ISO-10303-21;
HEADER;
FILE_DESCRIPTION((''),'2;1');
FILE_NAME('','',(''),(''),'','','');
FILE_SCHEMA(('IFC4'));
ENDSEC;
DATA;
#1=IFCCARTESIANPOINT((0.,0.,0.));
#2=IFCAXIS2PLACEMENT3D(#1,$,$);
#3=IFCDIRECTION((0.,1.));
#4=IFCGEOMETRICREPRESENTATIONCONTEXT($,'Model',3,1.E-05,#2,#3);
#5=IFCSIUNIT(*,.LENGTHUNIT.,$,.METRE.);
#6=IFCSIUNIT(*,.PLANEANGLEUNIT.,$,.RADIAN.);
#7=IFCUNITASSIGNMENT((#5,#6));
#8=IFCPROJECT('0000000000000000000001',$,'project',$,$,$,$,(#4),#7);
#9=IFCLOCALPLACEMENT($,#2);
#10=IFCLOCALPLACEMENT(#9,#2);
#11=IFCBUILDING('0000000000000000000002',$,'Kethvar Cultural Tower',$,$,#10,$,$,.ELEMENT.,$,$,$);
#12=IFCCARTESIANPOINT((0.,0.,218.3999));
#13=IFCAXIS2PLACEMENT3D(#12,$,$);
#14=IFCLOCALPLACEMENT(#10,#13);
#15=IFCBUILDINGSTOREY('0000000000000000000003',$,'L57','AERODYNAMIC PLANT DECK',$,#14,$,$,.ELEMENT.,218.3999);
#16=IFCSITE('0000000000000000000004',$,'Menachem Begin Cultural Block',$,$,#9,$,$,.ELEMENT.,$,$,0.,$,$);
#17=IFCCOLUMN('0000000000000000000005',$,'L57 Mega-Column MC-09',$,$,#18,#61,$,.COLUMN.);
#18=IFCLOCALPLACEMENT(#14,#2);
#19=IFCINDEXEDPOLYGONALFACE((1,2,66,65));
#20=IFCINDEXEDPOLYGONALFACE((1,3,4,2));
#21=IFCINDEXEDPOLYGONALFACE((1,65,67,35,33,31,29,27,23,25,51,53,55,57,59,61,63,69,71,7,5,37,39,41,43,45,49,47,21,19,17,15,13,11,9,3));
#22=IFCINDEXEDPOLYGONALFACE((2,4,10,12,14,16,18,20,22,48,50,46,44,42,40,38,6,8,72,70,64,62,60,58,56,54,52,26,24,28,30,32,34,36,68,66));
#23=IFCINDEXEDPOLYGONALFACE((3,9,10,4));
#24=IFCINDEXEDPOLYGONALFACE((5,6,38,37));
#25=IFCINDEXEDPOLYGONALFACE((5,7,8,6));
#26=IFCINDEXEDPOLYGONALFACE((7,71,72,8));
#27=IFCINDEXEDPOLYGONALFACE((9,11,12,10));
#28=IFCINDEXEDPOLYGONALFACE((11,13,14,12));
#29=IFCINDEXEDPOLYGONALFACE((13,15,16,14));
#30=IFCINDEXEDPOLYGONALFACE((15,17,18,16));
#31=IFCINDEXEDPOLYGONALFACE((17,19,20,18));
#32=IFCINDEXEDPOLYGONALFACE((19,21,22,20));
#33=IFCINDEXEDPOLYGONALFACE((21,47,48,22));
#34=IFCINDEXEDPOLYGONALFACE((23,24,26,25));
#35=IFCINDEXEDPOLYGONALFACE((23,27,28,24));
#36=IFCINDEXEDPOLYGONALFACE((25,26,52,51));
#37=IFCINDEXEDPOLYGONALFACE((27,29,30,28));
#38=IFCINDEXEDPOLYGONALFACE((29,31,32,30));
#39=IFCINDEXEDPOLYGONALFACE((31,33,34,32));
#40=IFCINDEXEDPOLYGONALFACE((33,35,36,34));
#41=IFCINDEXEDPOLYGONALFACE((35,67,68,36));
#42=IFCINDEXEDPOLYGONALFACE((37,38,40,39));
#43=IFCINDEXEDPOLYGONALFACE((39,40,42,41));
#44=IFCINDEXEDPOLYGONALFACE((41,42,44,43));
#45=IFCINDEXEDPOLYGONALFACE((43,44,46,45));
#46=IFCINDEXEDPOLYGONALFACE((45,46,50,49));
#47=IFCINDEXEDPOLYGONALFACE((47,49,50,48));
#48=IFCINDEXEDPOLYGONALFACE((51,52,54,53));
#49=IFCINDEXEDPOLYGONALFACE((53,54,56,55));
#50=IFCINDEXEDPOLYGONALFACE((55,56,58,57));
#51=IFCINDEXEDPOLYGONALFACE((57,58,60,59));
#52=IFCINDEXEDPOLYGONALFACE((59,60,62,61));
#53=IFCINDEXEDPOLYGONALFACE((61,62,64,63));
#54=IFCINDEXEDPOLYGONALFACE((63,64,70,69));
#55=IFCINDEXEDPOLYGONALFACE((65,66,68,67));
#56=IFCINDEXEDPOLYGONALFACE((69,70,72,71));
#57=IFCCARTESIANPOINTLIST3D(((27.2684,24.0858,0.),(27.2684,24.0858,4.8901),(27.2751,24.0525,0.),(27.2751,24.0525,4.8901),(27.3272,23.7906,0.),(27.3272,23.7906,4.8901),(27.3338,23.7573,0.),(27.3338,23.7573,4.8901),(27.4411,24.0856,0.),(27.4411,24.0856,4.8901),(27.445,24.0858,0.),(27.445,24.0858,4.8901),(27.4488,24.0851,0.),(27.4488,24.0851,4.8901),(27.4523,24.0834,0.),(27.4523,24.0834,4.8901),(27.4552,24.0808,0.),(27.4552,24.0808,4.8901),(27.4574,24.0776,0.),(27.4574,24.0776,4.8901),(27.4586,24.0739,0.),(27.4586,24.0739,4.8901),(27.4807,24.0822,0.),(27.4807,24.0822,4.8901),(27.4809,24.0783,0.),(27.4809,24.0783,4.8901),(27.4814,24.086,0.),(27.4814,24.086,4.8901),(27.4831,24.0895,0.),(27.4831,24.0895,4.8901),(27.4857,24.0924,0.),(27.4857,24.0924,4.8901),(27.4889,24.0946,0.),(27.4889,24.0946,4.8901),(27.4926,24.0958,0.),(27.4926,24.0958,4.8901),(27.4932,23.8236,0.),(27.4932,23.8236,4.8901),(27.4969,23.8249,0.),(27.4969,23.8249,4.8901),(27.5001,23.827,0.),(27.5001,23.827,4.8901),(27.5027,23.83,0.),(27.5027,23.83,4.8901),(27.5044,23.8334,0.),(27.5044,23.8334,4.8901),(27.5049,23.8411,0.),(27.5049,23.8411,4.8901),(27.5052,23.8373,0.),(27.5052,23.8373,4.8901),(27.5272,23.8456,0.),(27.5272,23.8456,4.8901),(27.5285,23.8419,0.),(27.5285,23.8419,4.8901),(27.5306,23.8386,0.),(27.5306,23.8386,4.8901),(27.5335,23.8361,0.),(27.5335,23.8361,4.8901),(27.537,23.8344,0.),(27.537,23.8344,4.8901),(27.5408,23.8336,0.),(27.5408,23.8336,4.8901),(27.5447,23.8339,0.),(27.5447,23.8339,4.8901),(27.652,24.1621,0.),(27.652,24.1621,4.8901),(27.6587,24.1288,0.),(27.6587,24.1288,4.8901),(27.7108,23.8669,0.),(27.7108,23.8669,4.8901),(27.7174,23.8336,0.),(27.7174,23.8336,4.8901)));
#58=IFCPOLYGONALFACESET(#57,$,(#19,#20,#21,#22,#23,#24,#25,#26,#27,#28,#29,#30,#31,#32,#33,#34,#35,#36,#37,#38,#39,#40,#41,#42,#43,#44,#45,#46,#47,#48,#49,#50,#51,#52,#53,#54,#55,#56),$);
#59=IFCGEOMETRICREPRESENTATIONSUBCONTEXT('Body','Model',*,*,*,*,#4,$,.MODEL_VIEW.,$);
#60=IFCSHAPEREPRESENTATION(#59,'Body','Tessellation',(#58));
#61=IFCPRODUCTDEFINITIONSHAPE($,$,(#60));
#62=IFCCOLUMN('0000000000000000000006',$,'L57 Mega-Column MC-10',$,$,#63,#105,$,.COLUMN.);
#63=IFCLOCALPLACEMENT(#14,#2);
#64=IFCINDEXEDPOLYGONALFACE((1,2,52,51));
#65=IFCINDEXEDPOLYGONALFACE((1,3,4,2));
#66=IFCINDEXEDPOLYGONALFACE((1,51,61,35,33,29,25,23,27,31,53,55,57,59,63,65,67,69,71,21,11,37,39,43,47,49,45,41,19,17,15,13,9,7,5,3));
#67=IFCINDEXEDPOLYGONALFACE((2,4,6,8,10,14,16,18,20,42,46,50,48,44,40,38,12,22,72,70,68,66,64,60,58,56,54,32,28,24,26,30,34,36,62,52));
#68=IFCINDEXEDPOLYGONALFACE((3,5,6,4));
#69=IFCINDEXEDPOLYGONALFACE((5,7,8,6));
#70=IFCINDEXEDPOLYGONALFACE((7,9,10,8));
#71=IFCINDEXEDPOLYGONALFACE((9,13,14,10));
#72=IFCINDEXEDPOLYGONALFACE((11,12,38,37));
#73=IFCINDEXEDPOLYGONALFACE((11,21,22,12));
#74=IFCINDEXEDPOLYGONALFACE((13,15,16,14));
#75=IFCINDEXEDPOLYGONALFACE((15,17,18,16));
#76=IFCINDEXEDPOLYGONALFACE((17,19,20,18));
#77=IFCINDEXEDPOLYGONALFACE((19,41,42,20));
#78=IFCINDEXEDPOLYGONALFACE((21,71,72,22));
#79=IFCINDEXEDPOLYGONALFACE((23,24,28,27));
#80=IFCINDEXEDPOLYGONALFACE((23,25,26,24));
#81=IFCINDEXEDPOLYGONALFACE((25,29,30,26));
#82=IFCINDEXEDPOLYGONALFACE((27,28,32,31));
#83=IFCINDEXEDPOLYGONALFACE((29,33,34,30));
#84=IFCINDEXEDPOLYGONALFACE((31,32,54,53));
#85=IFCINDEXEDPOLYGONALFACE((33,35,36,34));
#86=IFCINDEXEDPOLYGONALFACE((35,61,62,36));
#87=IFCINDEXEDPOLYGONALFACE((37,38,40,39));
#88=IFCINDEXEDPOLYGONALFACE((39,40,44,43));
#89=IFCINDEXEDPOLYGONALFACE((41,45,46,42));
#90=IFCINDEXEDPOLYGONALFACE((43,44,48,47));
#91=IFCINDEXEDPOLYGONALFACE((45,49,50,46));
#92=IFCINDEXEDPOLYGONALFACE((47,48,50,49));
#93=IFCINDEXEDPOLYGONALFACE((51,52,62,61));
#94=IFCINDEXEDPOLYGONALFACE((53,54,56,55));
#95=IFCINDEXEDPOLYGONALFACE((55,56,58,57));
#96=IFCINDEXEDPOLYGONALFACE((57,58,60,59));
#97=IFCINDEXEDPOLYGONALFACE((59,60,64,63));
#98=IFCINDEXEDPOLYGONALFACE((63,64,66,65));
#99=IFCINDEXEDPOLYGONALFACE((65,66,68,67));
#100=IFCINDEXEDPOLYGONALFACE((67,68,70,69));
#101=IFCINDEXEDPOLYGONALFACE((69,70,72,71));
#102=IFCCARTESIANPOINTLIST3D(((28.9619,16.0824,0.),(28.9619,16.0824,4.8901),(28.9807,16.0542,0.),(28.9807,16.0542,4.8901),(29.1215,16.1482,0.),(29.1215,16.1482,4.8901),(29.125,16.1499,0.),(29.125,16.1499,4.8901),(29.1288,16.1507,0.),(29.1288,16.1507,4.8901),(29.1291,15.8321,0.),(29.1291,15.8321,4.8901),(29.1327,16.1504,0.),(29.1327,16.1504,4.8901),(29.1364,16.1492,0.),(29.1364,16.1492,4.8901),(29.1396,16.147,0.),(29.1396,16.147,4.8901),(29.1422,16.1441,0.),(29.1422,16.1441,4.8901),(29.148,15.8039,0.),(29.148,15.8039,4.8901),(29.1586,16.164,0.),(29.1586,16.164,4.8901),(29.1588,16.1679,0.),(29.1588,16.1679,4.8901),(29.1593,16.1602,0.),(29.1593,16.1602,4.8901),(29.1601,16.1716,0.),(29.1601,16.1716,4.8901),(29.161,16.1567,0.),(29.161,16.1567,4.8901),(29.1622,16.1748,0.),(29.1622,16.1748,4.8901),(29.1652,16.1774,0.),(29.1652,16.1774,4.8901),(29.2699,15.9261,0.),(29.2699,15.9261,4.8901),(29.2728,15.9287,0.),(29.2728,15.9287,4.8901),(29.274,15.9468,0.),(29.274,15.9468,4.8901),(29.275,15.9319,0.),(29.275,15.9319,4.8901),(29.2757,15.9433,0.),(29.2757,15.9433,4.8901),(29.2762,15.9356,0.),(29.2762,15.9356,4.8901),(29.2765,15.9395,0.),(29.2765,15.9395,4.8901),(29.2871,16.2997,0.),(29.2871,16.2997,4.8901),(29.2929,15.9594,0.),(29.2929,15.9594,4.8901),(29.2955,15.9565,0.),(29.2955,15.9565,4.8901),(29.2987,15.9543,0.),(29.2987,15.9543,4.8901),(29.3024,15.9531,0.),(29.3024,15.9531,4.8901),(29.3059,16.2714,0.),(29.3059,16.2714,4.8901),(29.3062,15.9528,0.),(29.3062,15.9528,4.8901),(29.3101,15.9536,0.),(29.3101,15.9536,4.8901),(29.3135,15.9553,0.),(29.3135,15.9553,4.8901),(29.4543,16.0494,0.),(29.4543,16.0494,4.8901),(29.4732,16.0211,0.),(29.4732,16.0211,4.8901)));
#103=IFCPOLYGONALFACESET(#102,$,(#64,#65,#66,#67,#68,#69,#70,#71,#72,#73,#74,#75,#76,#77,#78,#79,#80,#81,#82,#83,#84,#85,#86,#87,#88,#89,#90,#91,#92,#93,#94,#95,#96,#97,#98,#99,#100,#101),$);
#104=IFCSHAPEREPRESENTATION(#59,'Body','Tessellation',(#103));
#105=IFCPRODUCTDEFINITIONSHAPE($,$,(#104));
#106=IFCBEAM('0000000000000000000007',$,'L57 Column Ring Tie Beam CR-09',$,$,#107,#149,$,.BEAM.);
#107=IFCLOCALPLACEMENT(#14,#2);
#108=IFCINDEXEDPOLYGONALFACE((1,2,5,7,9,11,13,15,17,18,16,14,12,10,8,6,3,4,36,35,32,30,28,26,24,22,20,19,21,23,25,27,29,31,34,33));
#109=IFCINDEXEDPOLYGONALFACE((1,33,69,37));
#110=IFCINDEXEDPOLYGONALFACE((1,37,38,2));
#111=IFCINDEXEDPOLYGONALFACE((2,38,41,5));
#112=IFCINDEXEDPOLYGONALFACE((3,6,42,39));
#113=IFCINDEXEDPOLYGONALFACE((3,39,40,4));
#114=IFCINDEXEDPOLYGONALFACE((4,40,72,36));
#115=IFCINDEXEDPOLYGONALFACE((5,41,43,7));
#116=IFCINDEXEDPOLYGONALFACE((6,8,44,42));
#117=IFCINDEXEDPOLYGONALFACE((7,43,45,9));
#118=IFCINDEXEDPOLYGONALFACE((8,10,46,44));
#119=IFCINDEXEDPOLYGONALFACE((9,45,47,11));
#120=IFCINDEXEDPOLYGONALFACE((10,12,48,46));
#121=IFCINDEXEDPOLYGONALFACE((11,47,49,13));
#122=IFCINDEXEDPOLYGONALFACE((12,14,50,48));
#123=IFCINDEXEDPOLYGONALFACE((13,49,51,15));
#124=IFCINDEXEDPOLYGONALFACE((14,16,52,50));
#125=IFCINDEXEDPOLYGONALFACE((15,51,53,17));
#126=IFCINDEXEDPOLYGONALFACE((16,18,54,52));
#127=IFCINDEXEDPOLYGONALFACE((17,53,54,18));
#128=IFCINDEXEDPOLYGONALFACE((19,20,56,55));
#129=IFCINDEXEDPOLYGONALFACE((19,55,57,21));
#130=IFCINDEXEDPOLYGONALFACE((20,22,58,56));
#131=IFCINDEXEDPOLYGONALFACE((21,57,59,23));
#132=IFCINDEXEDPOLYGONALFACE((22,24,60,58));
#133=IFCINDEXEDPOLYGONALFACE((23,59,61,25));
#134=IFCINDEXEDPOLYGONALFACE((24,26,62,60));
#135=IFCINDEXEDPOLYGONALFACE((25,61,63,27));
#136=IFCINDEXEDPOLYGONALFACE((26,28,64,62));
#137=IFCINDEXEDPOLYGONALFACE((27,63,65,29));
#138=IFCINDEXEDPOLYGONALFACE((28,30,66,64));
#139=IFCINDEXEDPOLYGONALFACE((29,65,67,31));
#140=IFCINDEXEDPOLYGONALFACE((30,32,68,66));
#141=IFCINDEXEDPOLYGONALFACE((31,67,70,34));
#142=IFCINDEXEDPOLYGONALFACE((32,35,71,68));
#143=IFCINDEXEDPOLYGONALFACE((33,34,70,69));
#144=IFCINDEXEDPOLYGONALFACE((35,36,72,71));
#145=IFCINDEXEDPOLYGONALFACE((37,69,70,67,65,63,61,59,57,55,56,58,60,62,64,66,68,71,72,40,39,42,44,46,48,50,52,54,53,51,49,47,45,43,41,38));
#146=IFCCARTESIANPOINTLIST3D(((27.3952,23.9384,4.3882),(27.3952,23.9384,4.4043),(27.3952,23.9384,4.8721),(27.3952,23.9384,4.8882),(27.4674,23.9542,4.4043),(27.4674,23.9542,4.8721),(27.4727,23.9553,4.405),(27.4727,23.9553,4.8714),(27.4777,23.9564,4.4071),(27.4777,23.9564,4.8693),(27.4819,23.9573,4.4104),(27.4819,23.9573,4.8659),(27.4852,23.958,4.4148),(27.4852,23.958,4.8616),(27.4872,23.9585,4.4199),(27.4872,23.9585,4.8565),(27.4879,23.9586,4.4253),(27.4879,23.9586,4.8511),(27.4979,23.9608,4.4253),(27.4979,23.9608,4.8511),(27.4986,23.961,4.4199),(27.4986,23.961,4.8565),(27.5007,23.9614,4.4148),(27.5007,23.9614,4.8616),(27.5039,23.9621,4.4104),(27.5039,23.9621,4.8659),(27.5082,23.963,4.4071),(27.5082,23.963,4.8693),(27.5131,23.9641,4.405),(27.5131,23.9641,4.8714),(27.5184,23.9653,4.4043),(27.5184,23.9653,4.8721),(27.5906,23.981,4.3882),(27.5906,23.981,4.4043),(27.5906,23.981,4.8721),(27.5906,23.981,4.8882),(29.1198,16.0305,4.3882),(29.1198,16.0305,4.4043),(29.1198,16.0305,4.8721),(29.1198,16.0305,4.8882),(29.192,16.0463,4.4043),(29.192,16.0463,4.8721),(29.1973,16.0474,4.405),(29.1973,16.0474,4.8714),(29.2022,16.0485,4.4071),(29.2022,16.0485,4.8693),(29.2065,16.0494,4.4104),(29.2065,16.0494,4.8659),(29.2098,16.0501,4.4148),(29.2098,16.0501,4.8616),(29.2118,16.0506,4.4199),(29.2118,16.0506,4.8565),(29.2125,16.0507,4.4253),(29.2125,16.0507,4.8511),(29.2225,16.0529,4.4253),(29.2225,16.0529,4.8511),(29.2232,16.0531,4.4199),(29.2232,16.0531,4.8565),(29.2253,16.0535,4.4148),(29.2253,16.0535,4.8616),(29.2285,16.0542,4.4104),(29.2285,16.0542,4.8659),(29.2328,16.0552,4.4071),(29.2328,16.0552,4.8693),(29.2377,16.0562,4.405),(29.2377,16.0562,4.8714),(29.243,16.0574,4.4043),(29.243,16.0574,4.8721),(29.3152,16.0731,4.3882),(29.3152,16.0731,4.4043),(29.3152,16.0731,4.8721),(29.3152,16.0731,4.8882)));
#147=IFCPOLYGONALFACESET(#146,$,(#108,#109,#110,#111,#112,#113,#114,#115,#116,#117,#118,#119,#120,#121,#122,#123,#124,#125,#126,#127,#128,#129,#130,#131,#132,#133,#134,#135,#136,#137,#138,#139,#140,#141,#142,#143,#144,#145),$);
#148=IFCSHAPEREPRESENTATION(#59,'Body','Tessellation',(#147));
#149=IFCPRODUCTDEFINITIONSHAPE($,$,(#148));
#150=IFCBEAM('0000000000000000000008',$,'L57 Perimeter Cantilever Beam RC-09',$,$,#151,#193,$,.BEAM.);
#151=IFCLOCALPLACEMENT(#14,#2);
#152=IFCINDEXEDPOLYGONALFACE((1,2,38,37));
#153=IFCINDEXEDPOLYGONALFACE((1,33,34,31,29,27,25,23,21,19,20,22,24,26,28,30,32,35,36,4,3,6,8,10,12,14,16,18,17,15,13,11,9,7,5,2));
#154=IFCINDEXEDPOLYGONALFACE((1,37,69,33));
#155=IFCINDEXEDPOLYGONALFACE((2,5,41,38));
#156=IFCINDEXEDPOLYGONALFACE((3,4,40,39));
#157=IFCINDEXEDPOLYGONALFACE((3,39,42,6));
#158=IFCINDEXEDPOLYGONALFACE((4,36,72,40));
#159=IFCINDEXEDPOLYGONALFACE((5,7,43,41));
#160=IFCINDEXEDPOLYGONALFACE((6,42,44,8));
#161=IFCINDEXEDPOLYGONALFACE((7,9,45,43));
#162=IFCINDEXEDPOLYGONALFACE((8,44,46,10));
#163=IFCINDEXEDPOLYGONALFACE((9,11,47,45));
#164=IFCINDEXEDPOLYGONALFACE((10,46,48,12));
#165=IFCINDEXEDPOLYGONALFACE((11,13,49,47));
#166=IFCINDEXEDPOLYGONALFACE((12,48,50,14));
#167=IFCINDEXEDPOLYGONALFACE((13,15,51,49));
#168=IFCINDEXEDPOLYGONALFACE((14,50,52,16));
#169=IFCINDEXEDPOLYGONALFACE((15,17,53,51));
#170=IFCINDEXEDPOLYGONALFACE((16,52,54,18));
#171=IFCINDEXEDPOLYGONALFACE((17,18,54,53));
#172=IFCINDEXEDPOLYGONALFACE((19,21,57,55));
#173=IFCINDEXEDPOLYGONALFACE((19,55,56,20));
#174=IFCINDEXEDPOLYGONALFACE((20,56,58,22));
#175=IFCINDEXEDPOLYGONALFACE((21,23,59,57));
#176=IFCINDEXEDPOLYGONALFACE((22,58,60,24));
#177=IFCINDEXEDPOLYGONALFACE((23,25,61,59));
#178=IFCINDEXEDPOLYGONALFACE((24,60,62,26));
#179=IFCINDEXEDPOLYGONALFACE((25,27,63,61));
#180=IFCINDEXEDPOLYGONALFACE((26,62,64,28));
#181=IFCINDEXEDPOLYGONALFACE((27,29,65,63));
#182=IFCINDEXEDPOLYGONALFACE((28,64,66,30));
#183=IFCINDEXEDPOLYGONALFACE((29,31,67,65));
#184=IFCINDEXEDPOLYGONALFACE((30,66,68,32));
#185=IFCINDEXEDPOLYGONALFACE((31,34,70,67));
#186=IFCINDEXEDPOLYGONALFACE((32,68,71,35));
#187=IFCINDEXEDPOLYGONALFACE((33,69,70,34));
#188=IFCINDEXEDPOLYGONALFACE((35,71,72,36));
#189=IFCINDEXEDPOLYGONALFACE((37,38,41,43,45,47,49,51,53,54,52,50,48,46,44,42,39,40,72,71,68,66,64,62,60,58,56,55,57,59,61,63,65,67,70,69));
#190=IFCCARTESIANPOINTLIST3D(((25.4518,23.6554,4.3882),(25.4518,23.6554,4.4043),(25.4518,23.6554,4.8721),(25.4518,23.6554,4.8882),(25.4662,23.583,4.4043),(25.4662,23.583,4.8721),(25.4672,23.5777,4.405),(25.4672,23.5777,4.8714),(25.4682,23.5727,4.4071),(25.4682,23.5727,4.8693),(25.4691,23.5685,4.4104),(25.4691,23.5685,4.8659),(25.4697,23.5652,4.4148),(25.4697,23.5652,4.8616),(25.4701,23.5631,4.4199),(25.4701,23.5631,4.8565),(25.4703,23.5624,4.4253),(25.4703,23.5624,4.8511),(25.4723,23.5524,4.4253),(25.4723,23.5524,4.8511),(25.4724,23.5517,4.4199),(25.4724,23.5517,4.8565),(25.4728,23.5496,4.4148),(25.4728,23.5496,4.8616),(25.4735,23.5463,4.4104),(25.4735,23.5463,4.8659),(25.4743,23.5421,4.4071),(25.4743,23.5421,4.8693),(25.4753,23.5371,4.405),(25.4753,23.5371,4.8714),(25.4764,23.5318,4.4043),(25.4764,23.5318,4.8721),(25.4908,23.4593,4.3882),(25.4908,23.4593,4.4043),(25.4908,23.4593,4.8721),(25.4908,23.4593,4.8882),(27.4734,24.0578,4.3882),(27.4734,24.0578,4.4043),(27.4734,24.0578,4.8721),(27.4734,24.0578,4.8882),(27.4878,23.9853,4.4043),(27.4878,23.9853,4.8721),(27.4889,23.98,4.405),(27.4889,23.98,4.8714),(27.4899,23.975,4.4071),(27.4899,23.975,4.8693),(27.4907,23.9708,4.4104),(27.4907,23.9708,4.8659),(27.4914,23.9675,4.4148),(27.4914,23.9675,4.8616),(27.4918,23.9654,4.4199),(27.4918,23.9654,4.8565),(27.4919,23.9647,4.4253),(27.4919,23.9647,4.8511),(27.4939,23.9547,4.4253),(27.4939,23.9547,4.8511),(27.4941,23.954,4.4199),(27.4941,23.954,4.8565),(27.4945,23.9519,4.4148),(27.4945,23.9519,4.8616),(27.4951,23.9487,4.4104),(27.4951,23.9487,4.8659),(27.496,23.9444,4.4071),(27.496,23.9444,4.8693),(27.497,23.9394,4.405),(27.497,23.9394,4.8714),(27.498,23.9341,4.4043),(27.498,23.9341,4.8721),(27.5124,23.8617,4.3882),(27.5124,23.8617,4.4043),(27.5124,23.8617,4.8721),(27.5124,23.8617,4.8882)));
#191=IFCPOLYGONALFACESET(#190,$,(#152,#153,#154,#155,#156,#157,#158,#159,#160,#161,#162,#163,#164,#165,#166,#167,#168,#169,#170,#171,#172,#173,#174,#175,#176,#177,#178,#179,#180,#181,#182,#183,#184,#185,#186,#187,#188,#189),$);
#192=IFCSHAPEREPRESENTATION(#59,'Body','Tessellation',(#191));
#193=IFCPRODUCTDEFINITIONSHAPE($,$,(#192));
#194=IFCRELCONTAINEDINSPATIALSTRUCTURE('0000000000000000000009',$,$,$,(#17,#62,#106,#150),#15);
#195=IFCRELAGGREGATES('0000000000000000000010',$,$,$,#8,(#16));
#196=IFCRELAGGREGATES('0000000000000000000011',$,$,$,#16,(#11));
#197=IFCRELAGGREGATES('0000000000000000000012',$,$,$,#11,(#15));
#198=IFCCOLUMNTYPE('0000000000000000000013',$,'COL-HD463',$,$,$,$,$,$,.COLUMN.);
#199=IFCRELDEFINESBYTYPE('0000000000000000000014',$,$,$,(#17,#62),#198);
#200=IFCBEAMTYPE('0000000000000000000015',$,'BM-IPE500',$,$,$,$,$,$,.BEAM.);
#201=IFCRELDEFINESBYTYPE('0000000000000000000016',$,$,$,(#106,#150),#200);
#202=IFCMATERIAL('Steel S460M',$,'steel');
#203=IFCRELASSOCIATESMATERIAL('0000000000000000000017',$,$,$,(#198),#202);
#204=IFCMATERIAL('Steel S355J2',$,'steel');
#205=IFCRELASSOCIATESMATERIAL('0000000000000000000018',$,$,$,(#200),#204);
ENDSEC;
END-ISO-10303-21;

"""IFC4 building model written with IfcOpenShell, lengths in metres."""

from ifc_helpers import new_model, si_unit, direction, frame, origin, origin_2d, place, context, subcontext, project, spatial, i_section, extrude, source, transform, mapped, material, material_profile, profile_set, type_object, element, save


model = new_model("IFC4")

# Units and contexts
model_context = context("Model", 3, precision=1e-05, world=origin(), true_north=direction((0.0, 1.0)))
body_context = subcontext(model_context, "Body", "Model", "MODEL_VIEW")
ifc_project = project(units=[si_unit("LENGTHUNIT", "METRE"), si_unit("PLANEANGLEUNIT", "RADIAN")], contexts=[model_context])

# Site, building, storey
site_placement = place(None, origin())
site = spatial("IfcSite", under=ifc_project, at=site_placement, Name="Menachem Begin Cultural Block", CompositionType="ELEMENT", RefElevation=0.0)
building_placement = place(site_placement, origin())
building = spatial("IfcBuilding", under=site, at=building_placement, Name="Kethvar Cultural Tower", CompositionType="ELEMENT")
storey_placement = place(building_placement, frame((0.0, 0.0, 218.3999)))
storey = spatial("IfcBuildingStorey", under=building, at=storey_placement, Name="L57", Description="AERODYNAMIC PLANT DECK", CompositionType="ELEMENT", Elevation=218.3999)

# Columns
ifc_material_1 = material(Name="Steel S460M", Category="steel")
ifc_material_profile_1 = material_profile(ifc_material_1, i_section(OverallWidth=0.3911, OverallDepth=0.335, WebThickness=0.0227, FlangeThickness=0.0339, FilletRadius=0.0149, at=origin_2d()), Name="Steel S460M — HD400x463")
ifc_profile_set_1 = profile_set([ifc_material_profile_1], Name="Steel S460M — HD400x463")
column_type = type_object("IfcColumnType", Name="COL-HD463", PredefinedType="COLUMN", material=ifc_profile_set_1)
shared_shape_1 = source(origin(), body_context, "Body", "SweptSolid", [
    extrude(i_section(OverallWidth=0.3911, OverallDepth=0.335, WebThickness=0.0227, FlangeThickness=0.0339, FilletRadius=0.0149, at=origin_2d()), origin(), (0.0, 0.0, 1.0), 4.8901),
])
for number, where, z_axis, x_axis, name in (
    (1, (27.4929, 23.9597, 0.0), (0.0, 0.0, 1.0), (-0.980785, -0.19509, 0.0), "L57 Mega-Column MC-09"),
    (2, (29.2175, 16.0518, 0.0), (0.0, 0.0, 1.0), (-0.83147, -0.55557, 0.0), "L57 Mega-Column MC-10"),
):
    element("IfcColumn", number, at=place(storey_placement, frame(where, z_axis=z_axis, x_axis=x_axis)), inside=storey, type_object=column_type, Name=name, PredefinedType="COLUMN", context=body_context, shape_type="MappedRepresentation", body=[
        mapped(shared_shape_1, transform((0.0, 0.0, 0.0), scale=1.0)),
    ])

# Beams
ifc_material_2 = material(Name="Steel S355J2", Category="steel")
ifc_material_profile_2 = material_profile(ifc_material_2, i_section(OverallWidth=0.2, OverallDepth=0.5, WebThickness=0.0103, FlangeThickness=0.0161, FilletRadius=0.021, at=origin_2d()), Name="Steel S355J2 — IPE500")
ifc_profile_set_2 = profile_set([ifc_material_profile_2], Name="Steel S355J2 — IPE500")
beam_type_1 = type_object("IfcBeamType", Name="BM-IPE500", PredefinedType="BEAM", material=ifc_profile_set_2)
shared_shape_2 = source(origin(), body_context, "Body", "SweptSolid", [
    extrude(i_section(OverallWidth=0.2, OverallDepth=0.5, WebThickness=0.0103, FlangeThickness=0.0161, FilletRadius=0.021, at=origin_2d()), origin(), (0.0, 0.0, 1.0), 8.0938),
])
beam_1_placement = place(storey_placement, frame((27.4929, 23.9597, 4.6382), z_axis=(0.213077, -0.977035, 0.0), x_axis=(0.977035, 0.213077, 0.0)))
element("IfcBeam", 3, at=beam_1_placement, inside=storey, type_object=beam_type_1, Name="L57 Column Ring Tie Beam CR-09", PredefinedType="BEAM", context=body_context, shape_type="MappedRepresentation", body=[
    mapped(shared_shape_2, transform((0.0, 0.0, 0.0), scale=1.0)),
])
shared_shape_3 = source(origin(), body_context, "Body", "SweptSolid", [
    extrude(i_section(OverallWidth=0.2, OverallDepth=0.5, WebThickness=0.0103, FlangeThickness=0.0161, FilletRadius=0.021, at=origin_2d()), origin(), (0.0, 0.0, 1.0), 2.0613),
])
beam_2_placement = place(storey_placement, frame((27.4929, 23.9597, 4.6382), z_axis=(-0.980767, -0.195182, 0.0), x_axis=(0.195182, -0.980767, 0.0)))
element("IfcBeam", 4, at=beam_2_placement, inside=storey, type_object=beam_type_1, Name="L57 Perimeter Cantilever Beam RC-09", PredefinedType="BEAM", context=body_context, shape_type="MappedRepresentation", body=[
    mapped(shared_shape_3, transform((0.0, 0.0, 0.0), scale=1.0)),
])

save(model, "model.ifc")
